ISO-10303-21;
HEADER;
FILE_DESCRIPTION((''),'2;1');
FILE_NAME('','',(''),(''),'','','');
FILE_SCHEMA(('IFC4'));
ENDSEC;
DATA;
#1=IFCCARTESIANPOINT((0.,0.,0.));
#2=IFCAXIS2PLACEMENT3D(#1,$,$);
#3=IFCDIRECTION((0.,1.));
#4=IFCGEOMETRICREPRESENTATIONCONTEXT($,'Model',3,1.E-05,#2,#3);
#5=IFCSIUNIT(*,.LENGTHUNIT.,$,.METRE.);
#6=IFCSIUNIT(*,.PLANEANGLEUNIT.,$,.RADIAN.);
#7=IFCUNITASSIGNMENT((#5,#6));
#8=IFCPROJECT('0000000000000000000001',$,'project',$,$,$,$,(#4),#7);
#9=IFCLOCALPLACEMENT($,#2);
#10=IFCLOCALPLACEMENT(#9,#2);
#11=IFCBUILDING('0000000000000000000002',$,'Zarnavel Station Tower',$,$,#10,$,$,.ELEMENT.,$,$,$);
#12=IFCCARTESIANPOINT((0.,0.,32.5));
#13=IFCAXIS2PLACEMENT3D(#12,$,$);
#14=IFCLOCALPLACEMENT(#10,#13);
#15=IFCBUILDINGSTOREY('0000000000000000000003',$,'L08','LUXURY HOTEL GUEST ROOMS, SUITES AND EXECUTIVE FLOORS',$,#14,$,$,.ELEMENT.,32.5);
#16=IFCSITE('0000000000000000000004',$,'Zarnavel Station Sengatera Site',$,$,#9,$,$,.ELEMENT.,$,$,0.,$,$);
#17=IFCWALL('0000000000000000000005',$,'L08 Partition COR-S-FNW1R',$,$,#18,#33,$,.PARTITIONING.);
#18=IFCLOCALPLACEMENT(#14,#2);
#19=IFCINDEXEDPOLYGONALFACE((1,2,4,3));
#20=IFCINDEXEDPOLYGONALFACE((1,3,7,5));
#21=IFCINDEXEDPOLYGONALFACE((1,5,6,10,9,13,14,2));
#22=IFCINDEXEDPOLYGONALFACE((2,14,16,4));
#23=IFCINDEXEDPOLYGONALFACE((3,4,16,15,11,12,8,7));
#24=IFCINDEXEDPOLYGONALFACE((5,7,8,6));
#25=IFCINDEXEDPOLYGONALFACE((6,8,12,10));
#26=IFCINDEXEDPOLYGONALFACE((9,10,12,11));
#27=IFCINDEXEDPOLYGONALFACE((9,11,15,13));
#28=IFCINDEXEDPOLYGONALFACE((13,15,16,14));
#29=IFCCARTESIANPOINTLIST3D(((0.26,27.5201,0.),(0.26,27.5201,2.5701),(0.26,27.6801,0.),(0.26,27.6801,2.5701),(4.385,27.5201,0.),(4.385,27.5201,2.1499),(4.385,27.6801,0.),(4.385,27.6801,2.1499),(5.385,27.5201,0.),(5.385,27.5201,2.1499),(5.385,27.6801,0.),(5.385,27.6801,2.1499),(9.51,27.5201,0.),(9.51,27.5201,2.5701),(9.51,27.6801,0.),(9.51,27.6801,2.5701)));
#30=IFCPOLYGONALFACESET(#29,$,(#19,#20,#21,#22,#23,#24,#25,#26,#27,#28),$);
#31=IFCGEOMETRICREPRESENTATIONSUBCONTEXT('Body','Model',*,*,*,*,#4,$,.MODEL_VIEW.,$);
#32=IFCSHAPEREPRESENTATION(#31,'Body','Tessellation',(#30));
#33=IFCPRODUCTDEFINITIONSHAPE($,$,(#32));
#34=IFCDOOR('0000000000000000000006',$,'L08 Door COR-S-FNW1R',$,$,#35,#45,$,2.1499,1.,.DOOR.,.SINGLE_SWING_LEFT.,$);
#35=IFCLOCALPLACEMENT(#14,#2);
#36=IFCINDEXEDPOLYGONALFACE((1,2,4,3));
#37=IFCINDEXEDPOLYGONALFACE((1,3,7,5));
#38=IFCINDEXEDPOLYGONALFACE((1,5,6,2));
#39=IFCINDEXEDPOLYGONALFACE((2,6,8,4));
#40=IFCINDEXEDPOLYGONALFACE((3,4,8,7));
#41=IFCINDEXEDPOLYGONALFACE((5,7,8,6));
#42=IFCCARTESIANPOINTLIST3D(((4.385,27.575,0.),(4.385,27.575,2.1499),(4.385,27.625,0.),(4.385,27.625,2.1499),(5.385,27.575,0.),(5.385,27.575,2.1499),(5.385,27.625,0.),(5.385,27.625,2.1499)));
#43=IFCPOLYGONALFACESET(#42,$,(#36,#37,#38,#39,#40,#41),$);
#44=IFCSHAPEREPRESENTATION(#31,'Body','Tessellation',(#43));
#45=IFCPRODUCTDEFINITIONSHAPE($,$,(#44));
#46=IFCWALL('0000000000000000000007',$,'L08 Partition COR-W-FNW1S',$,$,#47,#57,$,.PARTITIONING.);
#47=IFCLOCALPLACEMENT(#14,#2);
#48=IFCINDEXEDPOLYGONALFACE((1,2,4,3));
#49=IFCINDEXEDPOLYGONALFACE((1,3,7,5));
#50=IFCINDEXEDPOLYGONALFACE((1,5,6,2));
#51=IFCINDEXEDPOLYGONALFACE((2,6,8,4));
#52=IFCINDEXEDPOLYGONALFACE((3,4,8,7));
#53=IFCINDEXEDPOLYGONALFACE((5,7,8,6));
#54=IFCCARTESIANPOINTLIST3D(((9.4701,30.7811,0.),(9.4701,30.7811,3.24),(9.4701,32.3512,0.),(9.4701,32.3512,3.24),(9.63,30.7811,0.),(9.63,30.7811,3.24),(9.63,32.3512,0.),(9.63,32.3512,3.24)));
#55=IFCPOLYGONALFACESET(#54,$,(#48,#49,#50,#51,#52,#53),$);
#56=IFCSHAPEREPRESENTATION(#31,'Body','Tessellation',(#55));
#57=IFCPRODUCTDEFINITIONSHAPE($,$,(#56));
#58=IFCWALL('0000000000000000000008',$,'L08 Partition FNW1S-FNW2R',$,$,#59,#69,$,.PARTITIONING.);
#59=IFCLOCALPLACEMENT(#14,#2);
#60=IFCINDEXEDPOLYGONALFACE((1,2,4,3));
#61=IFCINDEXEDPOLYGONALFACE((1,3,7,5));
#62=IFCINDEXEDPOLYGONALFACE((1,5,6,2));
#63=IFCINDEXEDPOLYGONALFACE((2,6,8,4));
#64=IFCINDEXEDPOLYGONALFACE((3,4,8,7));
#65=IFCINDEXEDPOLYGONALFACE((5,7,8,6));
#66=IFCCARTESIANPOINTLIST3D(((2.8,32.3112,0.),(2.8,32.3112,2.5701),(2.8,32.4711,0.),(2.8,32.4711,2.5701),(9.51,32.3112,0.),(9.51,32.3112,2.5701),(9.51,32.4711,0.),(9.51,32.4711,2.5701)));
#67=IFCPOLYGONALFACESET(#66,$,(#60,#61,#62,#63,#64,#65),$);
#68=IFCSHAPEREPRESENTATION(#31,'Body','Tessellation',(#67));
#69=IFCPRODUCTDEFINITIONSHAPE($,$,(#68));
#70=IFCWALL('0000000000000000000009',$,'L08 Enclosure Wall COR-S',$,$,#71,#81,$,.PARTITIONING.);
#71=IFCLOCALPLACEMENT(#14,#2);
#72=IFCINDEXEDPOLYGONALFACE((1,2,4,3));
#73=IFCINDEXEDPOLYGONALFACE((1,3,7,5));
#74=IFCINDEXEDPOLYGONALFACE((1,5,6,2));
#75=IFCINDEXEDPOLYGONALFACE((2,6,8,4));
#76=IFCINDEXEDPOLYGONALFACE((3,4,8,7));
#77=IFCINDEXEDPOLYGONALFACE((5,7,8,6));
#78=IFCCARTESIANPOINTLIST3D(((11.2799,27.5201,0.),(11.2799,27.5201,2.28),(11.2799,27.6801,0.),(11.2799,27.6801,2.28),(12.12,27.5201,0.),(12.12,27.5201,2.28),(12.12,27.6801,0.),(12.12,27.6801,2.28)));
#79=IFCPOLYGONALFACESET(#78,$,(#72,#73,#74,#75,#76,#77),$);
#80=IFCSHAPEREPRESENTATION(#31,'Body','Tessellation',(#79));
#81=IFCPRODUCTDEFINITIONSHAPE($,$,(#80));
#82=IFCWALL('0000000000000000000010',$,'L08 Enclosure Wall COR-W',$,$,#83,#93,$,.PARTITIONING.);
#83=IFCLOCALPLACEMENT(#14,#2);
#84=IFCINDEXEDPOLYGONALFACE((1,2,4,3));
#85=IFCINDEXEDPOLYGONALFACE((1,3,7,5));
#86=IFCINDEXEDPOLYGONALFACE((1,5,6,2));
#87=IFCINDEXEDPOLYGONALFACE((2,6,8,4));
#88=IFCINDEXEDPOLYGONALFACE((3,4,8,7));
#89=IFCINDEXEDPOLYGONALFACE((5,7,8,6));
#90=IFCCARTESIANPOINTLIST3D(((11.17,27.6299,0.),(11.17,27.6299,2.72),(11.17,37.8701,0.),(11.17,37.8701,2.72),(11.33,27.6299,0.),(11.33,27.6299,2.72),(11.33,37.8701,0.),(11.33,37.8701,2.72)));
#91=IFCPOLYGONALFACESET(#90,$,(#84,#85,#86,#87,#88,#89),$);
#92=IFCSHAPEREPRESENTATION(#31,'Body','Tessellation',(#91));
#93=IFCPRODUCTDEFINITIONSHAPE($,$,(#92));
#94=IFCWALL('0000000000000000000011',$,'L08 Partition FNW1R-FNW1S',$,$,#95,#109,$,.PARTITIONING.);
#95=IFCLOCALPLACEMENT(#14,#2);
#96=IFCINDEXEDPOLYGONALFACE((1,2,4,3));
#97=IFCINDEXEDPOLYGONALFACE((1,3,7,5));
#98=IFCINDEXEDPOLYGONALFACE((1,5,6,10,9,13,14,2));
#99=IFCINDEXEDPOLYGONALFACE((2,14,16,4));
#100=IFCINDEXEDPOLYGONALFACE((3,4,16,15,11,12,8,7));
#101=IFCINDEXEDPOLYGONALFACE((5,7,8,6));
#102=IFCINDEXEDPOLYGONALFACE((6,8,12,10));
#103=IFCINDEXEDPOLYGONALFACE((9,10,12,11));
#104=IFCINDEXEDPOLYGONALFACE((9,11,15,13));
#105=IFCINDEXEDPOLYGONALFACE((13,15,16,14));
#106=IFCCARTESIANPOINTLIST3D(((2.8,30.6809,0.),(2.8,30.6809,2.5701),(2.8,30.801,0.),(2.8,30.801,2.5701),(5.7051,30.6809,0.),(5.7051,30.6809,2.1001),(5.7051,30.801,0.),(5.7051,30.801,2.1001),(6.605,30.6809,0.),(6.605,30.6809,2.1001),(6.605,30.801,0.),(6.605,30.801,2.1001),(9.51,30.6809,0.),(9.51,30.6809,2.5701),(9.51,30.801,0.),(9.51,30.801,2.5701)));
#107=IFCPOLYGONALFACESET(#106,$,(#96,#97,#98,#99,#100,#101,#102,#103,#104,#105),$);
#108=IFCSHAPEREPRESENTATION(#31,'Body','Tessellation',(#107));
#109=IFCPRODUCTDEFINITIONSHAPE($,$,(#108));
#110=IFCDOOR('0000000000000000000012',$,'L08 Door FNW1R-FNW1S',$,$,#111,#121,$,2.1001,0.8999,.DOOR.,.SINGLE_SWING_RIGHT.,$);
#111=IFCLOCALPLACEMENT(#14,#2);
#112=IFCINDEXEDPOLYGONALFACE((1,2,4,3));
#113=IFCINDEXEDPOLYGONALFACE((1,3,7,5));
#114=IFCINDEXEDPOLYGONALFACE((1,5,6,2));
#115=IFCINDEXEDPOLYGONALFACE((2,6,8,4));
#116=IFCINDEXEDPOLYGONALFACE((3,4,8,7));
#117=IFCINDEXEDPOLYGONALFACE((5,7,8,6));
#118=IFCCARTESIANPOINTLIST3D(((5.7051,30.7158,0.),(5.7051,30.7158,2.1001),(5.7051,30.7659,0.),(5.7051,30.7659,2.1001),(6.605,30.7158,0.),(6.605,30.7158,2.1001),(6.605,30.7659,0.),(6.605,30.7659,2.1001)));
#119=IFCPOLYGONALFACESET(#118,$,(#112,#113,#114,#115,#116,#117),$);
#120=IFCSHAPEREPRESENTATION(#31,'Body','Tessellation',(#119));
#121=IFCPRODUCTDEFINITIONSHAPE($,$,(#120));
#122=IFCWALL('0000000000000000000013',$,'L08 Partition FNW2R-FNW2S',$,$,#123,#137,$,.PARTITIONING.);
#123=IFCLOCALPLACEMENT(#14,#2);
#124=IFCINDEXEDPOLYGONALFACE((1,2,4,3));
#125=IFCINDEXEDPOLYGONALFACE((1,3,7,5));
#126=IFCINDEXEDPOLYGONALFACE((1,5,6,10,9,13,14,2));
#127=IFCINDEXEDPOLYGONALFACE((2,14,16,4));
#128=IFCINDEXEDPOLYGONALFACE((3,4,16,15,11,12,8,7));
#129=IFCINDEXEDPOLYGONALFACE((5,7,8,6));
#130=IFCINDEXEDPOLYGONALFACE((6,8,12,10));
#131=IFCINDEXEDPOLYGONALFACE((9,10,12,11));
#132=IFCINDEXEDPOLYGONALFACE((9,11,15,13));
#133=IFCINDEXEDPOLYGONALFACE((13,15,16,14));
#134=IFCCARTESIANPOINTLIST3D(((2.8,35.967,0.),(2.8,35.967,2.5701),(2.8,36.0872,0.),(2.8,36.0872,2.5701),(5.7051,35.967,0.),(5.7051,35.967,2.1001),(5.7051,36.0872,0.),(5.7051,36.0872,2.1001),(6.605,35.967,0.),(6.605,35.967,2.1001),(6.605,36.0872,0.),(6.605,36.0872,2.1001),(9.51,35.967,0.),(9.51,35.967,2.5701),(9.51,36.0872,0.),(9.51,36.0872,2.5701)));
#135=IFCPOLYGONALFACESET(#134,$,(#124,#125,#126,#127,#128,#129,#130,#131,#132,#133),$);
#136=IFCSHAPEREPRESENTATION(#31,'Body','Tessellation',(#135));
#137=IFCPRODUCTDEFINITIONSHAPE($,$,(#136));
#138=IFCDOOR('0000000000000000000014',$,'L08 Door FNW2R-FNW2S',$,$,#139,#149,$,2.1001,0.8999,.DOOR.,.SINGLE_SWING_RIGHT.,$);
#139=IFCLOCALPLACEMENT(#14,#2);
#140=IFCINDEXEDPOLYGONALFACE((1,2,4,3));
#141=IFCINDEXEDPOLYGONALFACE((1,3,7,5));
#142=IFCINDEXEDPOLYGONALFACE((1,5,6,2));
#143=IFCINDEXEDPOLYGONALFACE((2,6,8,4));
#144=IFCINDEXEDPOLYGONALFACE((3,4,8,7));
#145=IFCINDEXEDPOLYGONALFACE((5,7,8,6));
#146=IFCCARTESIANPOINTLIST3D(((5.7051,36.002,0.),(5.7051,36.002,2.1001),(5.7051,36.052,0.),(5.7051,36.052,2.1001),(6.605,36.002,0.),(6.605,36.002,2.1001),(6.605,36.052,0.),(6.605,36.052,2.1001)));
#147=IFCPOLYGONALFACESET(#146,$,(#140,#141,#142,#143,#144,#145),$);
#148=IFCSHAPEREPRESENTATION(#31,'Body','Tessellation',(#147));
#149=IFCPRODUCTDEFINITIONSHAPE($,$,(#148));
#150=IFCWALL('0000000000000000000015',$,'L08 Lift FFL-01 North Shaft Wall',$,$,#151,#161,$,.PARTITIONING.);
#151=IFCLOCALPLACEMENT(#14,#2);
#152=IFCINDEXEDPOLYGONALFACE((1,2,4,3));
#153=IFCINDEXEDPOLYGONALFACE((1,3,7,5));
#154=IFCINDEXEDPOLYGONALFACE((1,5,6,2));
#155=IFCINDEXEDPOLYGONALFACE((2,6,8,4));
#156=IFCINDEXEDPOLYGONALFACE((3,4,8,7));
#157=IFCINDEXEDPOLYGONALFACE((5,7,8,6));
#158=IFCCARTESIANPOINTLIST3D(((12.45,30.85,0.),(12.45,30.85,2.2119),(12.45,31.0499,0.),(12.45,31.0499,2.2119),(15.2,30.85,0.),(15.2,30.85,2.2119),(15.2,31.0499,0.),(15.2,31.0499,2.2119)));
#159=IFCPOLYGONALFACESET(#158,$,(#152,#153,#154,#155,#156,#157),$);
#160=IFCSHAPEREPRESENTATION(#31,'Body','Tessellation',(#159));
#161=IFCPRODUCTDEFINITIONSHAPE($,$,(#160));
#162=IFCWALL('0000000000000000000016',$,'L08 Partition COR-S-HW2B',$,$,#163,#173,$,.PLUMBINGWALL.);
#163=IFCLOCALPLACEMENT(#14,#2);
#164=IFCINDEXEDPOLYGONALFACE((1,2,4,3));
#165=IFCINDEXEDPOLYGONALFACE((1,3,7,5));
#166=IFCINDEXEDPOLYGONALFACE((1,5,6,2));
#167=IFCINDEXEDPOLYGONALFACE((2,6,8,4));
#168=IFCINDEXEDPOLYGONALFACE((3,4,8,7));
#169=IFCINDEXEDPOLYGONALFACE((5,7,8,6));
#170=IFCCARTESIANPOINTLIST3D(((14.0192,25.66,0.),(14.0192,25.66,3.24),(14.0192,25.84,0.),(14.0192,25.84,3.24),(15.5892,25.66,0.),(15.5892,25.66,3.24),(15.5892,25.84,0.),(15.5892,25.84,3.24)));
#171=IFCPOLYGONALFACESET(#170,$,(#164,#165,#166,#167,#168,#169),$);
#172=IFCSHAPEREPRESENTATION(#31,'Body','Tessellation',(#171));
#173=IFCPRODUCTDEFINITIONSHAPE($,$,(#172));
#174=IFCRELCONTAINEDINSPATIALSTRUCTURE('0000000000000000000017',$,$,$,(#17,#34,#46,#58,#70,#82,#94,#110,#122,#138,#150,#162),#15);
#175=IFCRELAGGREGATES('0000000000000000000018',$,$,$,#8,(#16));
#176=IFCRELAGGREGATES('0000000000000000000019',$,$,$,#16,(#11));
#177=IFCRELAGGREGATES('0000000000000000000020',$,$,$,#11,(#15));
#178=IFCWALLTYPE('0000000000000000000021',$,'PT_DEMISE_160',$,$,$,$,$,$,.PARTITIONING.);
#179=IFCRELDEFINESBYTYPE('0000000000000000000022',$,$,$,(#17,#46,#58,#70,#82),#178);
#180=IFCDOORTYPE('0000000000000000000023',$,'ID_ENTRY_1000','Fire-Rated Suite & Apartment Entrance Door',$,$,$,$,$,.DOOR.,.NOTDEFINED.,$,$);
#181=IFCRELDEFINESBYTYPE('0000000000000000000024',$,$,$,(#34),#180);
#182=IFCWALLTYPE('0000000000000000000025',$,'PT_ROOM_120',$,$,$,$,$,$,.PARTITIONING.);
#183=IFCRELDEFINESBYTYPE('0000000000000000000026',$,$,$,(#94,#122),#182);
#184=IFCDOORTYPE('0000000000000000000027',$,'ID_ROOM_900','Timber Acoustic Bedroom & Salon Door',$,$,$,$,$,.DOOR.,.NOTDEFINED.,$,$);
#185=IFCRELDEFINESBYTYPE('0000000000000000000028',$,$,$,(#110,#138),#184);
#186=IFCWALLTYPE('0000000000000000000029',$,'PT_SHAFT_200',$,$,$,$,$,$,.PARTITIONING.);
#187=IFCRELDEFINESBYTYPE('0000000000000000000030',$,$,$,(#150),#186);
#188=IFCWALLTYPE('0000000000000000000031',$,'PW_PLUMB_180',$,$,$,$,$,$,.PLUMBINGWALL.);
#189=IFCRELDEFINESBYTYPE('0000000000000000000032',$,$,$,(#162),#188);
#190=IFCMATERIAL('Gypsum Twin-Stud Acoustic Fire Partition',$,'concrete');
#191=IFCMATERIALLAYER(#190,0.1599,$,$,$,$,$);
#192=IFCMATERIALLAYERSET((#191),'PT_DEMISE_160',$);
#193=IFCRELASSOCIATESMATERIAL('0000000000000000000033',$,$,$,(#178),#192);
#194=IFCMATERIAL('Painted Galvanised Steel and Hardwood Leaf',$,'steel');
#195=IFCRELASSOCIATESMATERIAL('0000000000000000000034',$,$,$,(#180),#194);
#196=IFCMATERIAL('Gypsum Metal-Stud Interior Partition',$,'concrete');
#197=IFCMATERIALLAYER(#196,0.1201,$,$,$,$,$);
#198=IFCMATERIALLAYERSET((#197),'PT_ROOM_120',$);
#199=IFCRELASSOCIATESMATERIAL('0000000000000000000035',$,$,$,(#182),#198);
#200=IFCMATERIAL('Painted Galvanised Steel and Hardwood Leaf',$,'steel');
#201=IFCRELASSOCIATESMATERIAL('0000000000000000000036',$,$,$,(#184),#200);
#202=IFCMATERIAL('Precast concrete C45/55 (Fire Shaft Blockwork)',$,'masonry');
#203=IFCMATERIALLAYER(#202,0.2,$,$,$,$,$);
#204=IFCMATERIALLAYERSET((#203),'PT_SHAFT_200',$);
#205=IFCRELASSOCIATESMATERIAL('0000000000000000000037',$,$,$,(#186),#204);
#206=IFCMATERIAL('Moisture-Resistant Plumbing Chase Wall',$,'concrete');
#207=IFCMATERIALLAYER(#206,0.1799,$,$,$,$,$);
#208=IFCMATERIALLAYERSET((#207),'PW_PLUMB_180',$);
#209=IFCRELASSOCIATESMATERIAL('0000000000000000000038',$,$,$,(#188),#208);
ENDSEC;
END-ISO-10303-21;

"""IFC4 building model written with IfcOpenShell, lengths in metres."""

from ifc_helpers import new_model, si_unit, direction, frame, frame_2d, origin, place, context, subcontext, project, spatial, rectangle, extrude, material, layer, layer_set, type_object, element, fill, save


model = new_model("IFC4")

# Units and contexts
model_context = context("Model", 3, precision=1e-05, world=origin(), true_north=direction((0.0, 1.0)))
body_context = subcontext(model_context, "Body", "Model", "MODEL_VIEW")
ifc_project = project(units=[si_unit("LENGTHUNIT", "METRE"), si_unit("PLANEANGLEUNIT", "RADIAN")], contexts=[model_context])

# Site, building, storey
site_placement = place(None, origin())
site = spatial("IfcSite", under=ifc_project, at=site_placement, Name="Zarnavel Station Sengatera Site", CompositionType="ELEMENT", RefElevation=0.0)
building_placement = place(site_placement, origin())
building = spatial("IfcBuilding", under=site, at=building_placement, Name="Zarnavel Station Tower", CompositionType="ELEMENT")
storey_placement = place(building_placement, frame((0.0, 0.0, 32.5)))
storey = spatial("IfcBuildingStorey", under=building, at=storey_placement, Name="L08", Description="LUXURY HOTEL GUEST ROOMS, SUITES AND EXECUTIVE FLOORS", CompositionType="ELEMENT", Elevation=32.5)

# Wall, opening, door
ifc_material_1 = material(Name="Gypsum Twin-Stud Acoustic Fire Partition", Category="concrete")
ifc_layer_1 = layer(ifc_material_1, 0.1599)
ifc_layer_set_1 = layer_set([ifc_layer_1], Name="PT_DEMISE_160")
wall_type_1 = type_object("IfcWallType", Name="PT_DEMISE_160", PredefinedType="PARTITIONING", material=ifc_layer_set_1)
wall_1_placement = place(storey_placement, frame((0.26, 27.6001, 0.0), z_axis=(0.0, 0.0, 1.0), x_axis=(1.0, 0.0, 0.0)))
wall_1 = element("IfcWall", 1, at=wall_1_placement, inside=storey, type_object=wall_type_1, Name="L08 Partition COR-S-FNW1R", PredefinedType="PARTITIONING", context=body_context, shape_type="SweptSolid", body=[
    extrude(rectangle(XDim=9.25, YDim=0.1599, at=frame_2d((4.625, 0.0))), origin(), (0.0, 0.0, 1.0), 2.5701),
])
opening_1_placement = place(wall_1_placement, frame((4.125, 0.0, 0.0)))
opening_1 = element("IfcOpeningElement", 2, at=opening_1_placement, cuts=wall_1, PredefinedType="OPENING", context=body_context, shape_type="SweptSolid", body=[
    extrude(rectangle(XDim=1.0, YDim=2.1499, at=frame_2d((0.5, 1.075))), frame((0.0, 0.0898, 0.0), z_axis=(0.0, -1.0, 0.0), x_axis=(1.0, 0.0, 0.0)), (0.0, 0.0, 1.0), 0.1799),
])
ifc_material_2 = material(Name="Painted Galvanised Steel and Hardwood Leaf", Category="steel")
door_type_1 = type_object("IfcDoorType", Name="ID_ENTRY_1000", Description="Fire-Rated Suite & Apartment Entrance Door", OperationType="NOTDEFINED", PredefinedType="DOOR", material=ifc_material_2)
door_1_placement = place(opening_1_placement, origin())
door_1 = element("IfcDoor", 3, at=door_1_placement, inside=storey, type_object=door_type_1, Name="L08 Door COR-S-FNW1R", OperationType="SINGLE_SWING_LEFT", OverallHeight=2.1499, OverallWidth=1.0, PredefinedType="DOOR", context=body_context, shape_type="SweptSolid", body=[
    extrude(rectangle(XDim=1.0, YDim=2.1499, at=frame_2d((0.5, 1.075))), frame((0.0, 0.0249, 0.0), z_axis=(0.0, -1.0, 0.0), x_axis=(1.0, 0.0, 0.0)), (0.0, 0.0, 1.0), 0.05),
])
fill(opening_1, door_1)

# Wall
wall_2_placement = place(storey_placement, frame((9.55, 30.781, 0.0), z_axis=(0.0, 0.0, 1.0), x_axis=(0.0, 1.0, 0.0)))
element("IfcWall", 4, at=wall_2_placement, inside=storey, type_object=wall_type_1, Name="L08 Partition COR-W-FNW1S", PredefinedType="PARTITIONING", context=body_context, shape_type="SweptSolid", body=[
    extrude(rectangle(XDim=1.5701, YDim=0.1599, at=frame_2d((0.7852, 0.0))), origin(), (0.0, 0.0, 1.0), 3.24),
])

# Walls
wall_3_placement = place(storey_placement, frame((2.8, 32.3911, 0.0), z_axis=(0.0, 0.0, 1.0), x_axis=(1.0, 0.0, 0.0)))
element("IfcWall", 5, at=wall_3_placement, inside=storey, type_object=wall_type_1, Name="L08 Partition FNW1S-FNW2R", PredefinedType="PARTITIONING", context=body_context, shape_type="SweptSolid", body=[
    extrude(rectangle(XDim=6.71, YDim=0.1599, at=frame_2d((3.355, 0.0))), origin(), (0.0, 0.0, 1.0), 2.5701),
])
wall_4_placement = place(storey_placement, frame((11.28, 27.6001, 0.0), z_axis=(0.0, 0.0, 1.0), x_axis=(1.0, 0.0, 0.0)))
element("IfcWall", 6, at=wall_4_placement, inside=storey, type_object=wall_type_1, Name="L08 Enclosure Wall COR-S", PredefinedType="PARTITIONING", context=body_context, shape_type="SweptSolid", body=[
    extrude(rectangle(XDim=0.8401, YDim=0.1599, at=frame_2d((0.4199, 0.0))), origin(), (0.0, 0.0, 1.0), 2.28),
])
wall_5_placement = place(storey_placement, frame((11.25, 27.6299, 0.0), z_axis=(0.0, 0.0, 1.0), x_axis=(0.0, 1.0, 0.0)))
element("IfcWall", 7, at=wall_5_placement, inside=storey, type_object=wall_type_1, Name="L08 Enclosure Wall COR-W", PredefinedType="PARTITIONING", context=body_context, shape_type="SweptSolid", body=[
    extrude(rectangle(XDim=10.2402, YDim=0.1599, at=frame_2d((5.1201, 0.0))), origin(), (0.0, 0.0, 1.0), 2.72),
])

# Walls, openings, doors
ifc_material_3 = material(Name="Gypsum Metal-Stud Interior Partition", Category="concrete")
ifc_layer_2 = layer(ifc_material_3, 0.1201)
ifc_layer_set_2 = layer_set([ifc_layer_2], Name="PT_ROOM_120")
wall_type_2 = type_object("IfcWallType", Name="PT_ROOM_120", PredefinedType="PARTITIONING", material=ifc_layer_set_2)
wall_6_placement = place(storey_placement, frame((2.8, 30.741, 0.0), z_axis=(0.0, 0.0, 1.0), x_axis=(1.0, 0.0, 0.0)))
wall_6 = element("IfcWall", 8, at=wall_6_placement, inside=storey, type_object=wall_type_2, Name="L08 Partition FNW1R-FNW1S", PredefinedType="PARTITIONING", context=body_context, shape_type="SweptSolid", body=[
    extrude(rectangle(XDim=6.71, YDim=0.1201, at=frame_2d((3.355, 0.0))), origin(), (0.0, 0.0, 1.0), 2.5701),
])
opening_2_placement = place(wall_6_placement, frame((2.905, 0.0, 0.0)))
opening_2 = element("IfcOpeningElement", 9, at=opening_2_placement, cuts=wall_6, PredefinedType="OPENING", context=body_context, shape_type="SweptSolid", body=[
    extrude(rectangle(XDim=0.8999, YDim=2.1001, at=frame_2d((0.45, 1.05))), frame((0.0, 0.0701, 0.0), z_axis=(0.0, -1.0, 0.0), x_axis=(1.0, 0.0, 0.0)), (0.0, 0.0, 1.0), 0.1401),
])
ifc_material_4 = material(Name="Painted Galvanised Steel and Hardwood Leaf", Category="steel")
door_type_2 = type_object("IfcDoorType", Name="ID_ROOM_900", Description="Timber Acoustic Bedroom & Salon Door", OperationType="NOTDEFINED", PredefinedType="DOOR", material=ifc_material_4)
door_2_placement = place(opening_2_placement, origin())
door_2 = element("IfcDoor", 10, at=door_2_placement, inside=storey, type_object=door_type_2, Name="L08 Door FNW1R-FNW1S", OperationType="SINGLE_SWING_RIGHT", OverallHeight=2.1001, OverallWidth=0.8999, PredefinedType="DOOR", context=body_context, shape_type="SweptSolid", body=[
    extrude(rectangle(XDim=0.8999, YDim=2.1001, at=frame_2d((0.45, 1.05))), frame((0.0, 0.0249, 0.0), z_axis=(0.0, -1.0, 0.0), x_axis=(1.0, 0.0, 0.0)), (0.0, 0.0, 1.0), 0.05),
])
fill(opening_2, door_2)
wall_7_placement = place(storey_placement, frame((2.8, 36.0271, 0.0), z_axis=(0.0, 0.0, 1.0), x_axis=(1.0, 0.0, 0.0)))
wall_7 = element("IfcWall", 11, at=wall_7_placement, inside=storey, type_object=wall_type_2, Name="L08 Partition FNW2R-FNW2S", PredefinedType="PARTITIONING", context=body_context, shape_type="SweptSolid", body=[
    extrude(rectangle(XDim=6.71, YDim=0.1201, at=frame_2d((3.355, 0.0))), origin(), (0.0, 0.0, 1.0), 2.5701),
])
opening_3_placement = place(wall_7_placement, frame((2.905, 0.0, 0.0)))
opening_3 = element("IfcOpeningElement", 12, at=opening_3_placement, cuts=wall_7, PredefinedType="OPENING", context=body_context, shape_type="SweptSolid", body=[
    extrude(rectangle(XDim=0.8999, YDim=2.1001, at=frame_2d((0.45, 1.05))), frame((0.0, 0.0701, 0.0), z_axis=(0.0, -1.0, 0.0), x_axis=(1.0, 0.0, 0.0)), (0.0, 0.0, 1.0), 0.1401),
])
door_3_placement = place(opening_3_placement, origin())
door_3 = element("IfcDoor", 13, at=door_3_placement, inside=storey, type_object=door_type_2, Name="L08 Door FNW2R-FNW2S", OperationType="SINGLE_SWING_RIGHT", OverallHeight=2.1001, OverallWidth=0.8999, PredefinedType="DOOR", context=body_context, shape_type="SweptSolid", body=[
    extrude(rectangle(XDim=0.8999, YDim=2.1001, at=frame_2d((0.45, 1.05))), frame((0.0, 0.0249, 0.0), z_axis=(0.0, -1.0, 0.0), x_axis=(1.0, 0.0, 0.0)), (0.0, 0.0, 1.0), 0.05),
])
fill(opening_3, door_3)

# Walls
ifc_material_5 = material(Name="Precast concrete C45/55 (Fire Shaft Blockwork)", Category="masonry")
ifc_layer_3 = layer(ifc_material_5, 0.2)
ifc_layer_set_3 = layer_set([ifc_layer_3], Name="PT_SHAFT_200")
wall_type_3 = type_object("IfcWallType", Name="PT_SHAFT_200", PredefinedType="PARTITIONING", material=ifc_layer_set_3)
wall_8_placement = place(storey_placement, frame((12.45, 30.95, 0.0), z_axis=(0.0, 0.0, 1.0), x_axis=(1.0, 0.0, 0.0)))
element("IfcWall", 14, at=wall_8_placement, inside=storey, type_object=wall_type_3, Name="L08 Lift FFL-01 North Shaft Wall", PredefinedType="PARTITIONING", context=body_context, shape_type="SweptSolid", body=[
    extrude(rectangle(XDim=2.75, YDim=0.2, at=frame_2d((1.375, 0.0))), origin(), (0.0, 0.0, 1.0), 2.2119),
])
ifc_material_6 = material(Name="Moisture-Resistant Plumbing Chase Wall", Category="concrete")
ifc_layer_4 = layer(ifc_material_6, 0.1799)
ifc_layer_set_4 = layer_set([ifc_layer_4], Name="PW_PLUMB_180")
wall_type_4 = type_object("IfcWallType", Name="PW_PLUMB_180", PredefinedType="PLUMBINGWALL", material=ifc_layer_set_4)
wall_9_placement = place(storey_placement, frame((14.019, 25.75, 0.0), z_axis=(0.0, 0.0, 1.0), x_axis=(1.0, 0.0, 0.0)))
element("IfcWall", 15, at=wall_9_placement, inside=storey, type_object=wall_type_4, Name="L08 Partition COR-S-HW2B", PredefinedType="PLUMBINGWALL", context=body_context, shape_type="SweptSolid", body=[
    extrude(rectangle(XDim=1.5701, YDim=0.1799, at=frame_2d((0.7852, 0.0))), origin(), (0.0, 0.0, 1.0), 3.24),
])

save(model, "model.ifc")
